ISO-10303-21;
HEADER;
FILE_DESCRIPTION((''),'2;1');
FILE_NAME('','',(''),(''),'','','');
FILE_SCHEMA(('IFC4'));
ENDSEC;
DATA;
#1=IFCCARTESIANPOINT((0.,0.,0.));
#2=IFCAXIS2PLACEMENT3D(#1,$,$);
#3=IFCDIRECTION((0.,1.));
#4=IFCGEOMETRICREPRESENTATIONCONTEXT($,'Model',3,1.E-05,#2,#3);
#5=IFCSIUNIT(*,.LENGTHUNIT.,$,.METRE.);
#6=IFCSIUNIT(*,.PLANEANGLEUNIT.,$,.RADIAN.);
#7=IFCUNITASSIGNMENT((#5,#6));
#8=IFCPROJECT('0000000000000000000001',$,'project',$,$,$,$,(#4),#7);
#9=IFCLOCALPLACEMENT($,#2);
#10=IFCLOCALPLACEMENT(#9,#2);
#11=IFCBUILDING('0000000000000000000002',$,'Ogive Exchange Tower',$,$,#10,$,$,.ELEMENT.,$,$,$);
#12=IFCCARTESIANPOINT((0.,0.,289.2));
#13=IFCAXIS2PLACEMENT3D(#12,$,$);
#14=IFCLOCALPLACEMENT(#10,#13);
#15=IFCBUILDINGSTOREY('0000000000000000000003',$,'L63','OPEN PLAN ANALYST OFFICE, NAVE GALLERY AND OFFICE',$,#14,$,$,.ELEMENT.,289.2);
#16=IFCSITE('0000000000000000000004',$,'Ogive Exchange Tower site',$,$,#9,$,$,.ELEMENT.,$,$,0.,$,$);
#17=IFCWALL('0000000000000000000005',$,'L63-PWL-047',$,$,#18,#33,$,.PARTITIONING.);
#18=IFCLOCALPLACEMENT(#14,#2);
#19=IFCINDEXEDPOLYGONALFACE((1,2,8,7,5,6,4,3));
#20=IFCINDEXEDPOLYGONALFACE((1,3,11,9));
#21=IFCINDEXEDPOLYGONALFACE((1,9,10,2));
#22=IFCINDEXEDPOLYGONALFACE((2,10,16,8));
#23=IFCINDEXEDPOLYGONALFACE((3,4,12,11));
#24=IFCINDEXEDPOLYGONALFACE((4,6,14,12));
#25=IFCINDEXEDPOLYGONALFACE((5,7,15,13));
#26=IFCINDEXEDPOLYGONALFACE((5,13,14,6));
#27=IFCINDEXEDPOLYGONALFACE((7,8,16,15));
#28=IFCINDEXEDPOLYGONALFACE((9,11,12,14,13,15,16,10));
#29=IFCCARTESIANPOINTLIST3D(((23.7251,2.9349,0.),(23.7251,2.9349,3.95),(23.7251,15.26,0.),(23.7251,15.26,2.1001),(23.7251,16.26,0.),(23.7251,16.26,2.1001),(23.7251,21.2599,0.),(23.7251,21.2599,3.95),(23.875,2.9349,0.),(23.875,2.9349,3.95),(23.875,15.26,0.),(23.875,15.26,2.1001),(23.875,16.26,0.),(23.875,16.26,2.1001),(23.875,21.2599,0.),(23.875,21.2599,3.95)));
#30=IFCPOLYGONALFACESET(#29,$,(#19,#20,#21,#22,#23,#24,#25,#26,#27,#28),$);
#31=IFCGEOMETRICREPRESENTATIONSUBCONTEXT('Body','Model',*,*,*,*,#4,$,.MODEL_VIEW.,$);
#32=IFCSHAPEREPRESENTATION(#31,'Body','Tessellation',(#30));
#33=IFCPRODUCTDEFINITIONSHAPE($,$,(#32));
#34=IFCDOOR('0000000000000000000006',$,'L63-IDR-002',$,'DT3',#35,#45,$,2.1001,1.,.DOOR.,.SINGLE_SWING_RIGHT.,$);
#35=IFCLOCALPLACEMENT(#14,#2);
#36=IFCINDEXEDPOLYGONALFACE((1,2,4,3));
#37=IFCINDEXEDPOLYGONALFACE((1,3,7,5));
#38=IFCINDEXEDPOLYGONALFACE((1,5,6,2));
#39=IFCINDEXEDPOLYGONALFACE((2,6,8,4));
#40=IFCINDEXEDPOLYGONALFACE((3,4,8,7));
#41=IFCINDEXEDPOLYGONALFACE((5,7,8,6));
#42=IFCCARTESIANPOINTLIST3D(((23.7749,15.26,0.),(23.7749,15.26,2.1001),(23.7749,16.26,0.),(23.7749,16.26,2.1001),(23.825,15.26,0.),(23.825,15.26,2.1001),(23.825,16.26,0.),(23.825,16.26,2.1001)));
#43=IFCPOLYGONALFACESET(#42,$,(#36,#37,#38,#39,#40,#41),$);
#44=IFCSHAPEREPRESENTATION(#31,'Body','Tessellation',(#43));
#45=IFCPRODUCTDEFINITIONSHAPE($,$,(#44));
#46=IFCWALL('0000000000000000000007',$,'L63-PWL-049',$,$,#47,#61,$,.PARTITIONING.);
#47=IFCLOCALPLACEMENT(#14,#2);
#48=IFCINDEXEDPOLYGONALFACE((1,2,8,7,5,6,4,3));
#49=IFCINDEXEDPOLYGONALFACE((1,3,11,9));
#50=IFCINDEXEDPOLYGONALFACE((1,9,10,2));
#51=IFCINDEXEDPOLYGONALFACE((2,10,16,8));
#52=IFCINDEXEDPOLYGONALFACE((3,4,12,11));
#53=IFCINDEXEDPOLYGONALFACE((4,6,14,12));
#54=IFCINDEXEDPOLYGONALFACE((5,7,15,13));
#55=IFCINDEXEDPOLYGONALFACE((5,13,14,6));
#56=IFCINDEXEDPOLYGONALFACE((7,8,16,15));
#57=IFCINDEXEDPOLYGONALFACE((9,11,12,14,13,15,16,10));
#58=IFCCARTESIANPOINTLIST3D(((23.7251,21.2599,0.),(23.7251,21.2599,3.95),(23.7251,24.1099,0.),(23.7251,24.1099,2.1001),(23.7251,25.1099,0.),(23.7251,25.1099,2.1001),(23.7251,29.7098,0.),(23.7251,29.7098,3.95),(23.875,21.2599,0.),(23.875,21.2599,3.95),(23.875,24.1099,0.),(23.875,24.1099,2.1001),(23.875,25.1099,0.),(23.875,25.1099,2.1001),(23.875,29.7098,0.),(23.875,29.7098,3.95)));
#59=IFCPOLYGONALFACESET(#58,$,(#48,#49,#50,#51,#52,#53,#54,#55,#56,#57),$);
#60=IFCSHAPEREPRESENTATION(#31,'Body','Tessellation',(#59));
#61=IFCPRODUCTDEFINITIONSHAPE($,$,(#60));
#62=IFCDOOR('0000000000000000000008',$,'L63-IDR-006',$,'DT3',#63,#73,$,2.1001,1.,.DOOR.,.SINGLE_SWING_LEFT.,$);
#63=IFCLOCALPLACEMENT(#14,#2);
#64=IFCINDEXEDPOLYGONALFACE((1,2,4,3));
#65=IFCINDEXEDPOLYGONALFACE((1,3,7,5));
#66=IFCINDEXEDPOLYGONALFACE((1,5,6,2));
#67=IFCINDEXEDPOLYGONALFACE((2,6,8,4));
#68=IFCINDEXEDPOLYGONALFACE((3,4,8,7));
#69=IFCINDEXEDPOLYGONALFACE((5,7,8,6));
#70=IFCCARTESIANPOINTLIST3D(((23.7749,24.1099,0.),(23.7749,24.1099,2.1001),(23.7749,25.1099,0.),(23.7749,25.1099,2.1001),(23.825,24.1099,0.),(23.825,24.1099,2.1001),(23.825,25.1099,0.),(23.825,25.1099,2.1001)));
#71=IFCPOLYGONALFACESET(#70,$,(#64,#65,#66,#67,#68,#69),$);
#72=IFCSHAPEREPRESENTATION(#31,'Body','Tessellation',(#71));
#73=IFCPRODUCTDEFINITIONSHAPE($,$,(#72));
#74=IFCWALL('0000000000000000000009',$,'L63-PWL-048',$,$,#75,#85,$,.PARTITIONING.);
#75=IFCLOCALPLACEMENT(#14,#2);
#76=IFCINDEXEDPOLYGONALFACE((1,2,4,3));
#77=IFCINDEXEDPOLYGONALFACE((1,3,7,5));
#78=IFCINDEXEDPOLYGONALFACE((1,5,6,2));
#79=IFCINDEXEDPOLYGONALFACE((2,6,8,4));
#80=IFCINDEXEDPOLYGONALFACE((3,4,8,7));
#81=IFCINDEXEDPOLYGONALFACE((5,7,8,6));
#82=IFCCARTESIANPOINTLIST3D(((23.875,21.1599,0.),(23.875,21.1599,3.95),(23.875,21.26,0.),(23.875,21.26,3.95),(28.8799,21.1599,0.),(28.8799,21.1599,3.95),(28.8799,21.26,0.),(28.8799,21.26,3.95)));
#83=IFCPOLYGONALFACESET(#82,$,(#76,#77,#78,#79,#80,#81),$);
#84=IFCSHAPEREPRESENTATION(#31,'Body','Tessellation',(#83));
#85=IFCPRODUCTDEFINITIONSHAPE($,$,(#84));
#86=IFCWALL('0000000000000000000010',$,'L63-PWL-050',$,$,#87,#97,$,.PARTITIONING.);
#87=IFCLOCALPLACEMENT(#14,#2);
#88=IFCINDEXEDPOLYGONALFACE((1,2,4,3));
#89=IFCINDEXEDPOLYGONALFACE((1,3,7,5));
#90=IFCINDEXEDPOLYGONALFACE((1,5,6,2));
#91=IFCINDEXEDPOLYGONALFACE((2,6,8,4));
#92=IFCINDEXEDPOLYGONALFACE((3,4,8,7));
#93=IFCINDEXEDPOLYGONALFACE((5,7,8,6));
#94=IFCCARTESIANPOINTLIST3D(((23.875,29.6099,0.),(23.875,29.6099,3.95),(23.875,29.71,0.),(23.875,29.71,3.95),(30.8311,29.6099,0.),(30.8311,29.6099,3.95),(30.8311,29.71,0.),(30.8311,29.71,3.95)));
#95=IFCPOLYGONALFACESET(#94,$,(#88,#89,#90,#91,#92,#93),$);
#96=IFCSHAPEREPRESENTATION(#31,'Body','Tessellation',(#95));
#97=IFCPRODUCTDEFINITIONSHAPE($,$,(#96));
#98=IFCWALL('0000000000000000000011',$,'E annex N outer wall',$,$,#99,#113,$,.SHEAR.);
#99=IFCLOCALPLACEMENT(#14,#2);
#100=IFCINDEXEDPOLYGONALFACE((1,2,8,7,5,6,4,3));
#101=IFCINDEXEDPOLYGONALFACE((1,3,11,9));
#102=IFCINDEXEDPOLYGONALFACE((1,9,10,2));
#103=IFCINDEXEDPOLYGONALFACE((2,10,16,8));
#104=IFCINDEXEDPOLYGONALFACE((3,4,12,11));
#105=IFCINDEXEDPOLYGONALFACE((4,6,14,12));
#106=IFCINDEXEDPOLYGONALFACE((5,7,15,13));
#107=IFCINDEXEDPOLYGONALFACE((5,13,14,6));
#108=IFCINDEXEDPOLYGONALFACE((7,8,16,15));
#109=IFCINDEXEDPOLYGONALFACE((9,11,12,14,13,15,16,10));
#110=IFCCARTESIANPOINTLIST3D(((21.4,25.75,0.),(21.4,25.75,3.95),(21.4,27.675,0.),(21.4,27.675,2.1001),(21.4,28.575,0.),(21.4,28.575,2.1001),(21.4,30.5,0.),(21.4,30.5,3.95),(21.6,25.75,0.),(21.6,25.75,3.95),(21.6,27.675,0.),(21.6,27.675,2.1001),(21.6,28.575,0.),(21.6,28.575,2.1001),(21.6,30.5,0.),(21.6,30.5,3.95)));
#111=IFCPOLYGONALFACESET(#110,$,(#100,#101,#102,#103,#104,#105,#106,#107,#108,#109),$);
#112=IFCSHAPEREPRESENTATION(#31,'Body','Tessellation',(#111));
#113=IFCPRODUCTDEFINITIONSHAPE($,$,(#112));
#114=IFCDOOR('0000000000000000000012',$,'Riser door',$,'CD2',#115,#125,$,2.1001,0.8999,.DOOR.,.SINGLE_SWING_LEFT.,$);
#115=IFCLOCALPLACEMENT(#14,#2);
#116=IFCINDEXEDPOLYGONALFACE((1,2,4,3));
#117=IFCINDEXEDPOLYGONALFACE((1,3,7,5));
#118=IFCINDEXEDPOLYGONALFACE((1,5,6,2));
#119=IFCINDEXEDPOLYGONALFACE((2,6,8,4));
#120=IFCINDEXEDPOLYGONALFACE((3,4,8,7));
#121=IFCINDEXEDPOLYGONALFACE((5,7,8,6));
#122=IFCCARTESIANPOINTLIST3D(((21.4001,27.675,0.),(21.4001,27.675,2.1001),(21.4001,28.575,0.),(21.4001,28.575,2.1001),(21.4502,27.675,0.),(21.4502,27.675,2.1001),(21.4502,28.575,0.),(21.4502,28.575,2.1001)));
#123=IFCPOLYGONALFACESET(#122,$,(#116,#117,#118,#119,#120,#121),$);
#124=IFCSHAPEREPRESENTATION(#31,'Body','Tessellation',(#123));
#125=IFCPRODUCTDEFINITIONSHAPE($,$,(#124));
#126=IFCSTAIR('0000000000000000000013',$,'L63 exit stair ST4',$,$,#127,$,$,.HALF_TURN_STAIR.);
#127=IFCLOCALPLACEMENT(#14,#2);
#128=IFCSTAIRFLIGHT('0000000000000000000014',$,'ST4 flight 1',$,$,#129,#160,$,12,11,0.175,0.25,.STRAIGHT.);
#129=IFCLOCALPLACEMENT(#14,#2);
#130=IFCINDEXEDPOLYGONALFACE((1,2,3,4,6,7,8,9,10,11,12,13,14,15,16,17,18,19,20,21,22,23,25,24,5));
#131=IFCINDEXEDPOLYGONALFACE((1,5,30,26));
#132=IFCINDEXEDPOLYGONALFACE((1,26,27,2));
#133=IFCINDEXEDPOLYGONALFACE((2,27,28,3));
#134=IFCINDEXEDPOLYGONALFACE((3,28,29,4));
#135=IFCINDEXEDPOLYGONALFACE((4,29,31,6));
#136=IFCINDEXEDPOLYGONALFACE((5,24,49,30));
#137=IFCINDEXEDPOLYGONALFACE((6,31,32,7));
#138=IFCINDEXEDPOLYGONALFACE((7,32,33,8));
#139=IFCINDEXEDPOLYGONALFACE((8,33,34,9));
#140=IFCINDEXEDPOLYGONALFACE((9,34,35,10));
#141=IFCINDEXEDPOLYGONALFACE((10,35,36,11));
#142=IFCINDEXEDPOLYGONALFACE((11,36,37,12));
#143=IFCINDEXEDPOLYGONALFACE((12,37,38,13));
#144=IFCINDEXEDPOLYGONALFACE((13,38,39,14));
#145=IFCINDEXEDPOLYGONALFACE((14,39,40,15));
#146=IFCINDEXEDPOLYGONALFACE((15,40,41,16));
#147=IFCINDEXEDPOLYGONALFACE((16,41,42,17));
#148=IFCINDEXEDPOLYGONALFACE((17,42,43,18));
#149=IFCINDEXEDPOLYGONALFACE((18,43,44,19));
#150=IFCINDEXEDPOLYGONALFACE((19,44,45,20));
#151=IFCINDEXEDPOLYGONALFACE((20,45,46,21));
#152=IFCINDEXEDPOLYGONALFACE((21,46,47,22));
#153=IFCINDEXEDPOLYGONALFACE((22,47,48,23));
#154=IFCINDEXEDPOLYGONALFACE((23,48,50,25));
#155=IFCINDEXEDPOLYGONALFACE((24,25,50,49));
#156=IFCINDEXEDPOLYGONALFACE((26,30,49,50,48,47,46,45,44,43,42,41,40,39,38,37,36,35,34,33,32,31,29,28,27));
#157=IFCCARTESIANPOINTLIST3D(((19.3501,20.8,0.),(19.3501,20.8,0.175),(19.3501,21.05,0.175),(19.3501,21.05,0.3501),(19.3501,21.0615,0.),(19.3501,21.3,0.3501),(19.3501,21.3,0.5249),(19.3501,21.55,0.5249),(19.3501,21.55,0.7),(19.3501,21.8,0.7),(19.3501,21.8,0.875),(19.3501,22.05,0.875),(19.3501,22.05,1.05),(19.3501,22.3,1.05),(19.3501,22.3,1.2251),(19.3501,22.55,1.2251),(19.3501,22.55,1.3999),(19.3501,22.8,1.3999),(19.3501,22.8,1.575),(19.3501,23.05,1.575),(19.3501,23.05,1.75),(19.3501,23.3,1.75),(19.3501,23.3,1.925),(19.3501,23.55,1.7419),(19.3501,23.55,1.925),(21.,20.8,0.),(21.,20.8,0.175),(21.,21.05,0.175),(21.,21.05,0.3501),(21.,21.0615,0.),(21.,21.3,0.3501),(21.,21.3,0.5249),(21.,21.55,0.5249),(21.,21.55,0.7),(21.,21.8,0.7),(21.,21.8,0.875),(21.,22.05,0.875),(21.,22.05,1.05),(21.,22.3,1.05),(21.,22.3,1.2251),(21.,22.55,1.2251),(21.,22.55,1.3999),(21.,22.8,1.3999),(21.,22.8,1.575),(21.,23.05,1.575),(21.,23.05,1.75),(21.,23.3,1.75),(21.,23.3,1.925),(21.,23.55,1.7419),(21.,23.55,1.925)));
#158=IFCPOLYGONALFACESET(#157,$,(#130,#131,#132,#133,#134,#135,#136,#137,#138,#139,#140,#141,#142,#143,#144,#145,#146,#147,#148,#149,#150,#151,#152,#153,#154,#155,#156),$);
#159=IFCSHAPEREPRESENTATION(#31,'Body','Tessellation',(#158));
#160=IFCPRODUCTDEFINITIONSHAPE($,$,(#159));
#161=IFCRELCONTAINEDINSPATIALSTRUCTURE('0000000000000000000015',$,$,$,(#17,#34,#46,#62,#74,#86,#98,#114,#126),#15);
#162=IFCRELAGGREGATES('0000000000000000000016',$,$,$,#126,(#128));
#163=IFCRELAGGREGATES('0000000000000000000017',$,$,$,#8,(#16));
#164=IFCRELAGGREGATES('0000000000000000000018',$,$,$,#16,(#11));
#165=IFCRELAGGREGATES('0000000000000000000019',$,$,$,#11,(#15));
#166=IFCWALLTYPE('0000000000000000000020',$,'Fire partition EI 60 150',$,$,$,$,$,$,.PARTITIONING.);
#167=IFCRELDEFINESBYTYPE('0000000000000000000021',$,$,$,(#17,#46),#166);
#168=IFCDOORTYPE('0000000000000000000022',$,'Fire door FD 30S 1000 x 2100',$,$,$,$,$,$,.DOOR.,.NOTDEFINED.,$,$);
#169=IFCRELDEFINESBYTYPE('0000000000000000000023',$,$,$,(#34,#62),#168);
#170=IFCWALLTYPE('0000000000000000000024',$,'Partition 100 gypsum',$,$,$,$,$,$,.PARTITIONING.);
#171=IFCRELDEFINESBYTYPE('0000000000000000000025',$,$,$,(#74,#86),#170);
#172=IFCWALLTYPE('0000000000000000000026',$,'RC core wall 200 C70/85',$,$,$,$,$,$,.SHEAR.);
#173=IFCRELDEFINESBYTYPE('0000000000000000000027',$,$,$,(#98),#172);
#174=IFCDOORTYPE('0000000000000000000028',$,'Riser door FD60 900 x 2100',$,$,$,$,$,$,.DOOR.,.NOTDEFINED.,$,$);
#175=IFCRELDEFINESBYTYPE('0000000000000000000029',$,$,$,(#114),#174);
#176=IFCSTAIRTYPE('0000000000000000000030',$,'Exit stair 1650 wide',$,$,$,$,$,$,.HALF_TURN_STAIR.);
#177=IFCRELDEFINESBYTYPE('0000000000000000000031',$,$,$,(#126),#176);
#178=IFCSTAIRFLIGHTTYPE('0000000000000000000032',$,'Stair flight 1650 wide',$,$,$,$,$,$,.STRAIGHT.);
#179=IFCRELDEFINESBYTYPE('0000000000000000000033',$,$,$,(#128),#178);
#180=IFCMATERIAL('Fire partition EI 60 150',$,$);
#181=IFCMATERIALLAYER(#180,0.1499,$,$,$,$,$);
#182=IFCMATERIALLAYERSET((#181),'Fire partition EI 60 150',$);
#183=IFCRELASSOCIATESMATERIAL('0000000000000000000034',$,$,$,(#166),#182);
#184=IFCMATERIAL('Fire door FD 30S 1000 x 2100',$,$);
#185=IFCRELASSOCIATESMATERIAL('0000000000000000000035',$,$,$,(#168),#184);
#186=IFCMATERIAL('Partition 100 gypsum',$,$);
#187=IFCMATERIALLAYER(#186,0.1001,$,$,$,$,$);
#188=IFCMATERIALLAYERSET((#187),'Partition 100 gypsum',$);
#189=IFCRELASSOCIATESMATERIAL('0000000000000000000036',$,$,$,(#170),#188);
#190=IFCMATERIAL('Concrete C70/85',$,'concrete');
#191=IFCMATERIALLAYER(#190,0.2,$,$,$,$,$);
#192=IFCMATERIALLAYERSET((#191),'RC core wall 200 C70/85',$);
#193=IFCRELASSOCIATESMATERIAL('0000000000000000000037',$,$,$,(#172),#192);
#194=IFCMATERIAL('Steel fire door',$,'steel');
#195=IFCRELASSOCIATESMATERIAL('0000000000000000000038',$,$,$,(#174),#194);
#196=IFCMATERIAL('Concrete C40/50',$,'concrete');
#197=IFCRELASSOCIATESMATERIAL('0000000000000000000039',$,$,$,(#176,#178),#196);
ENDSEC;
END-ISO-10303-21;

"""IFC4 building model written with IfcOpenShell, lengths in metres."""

from ifc_helpers import new_model, si_unit, direction, frame, frame_2d, origin, place, context, subcontext, project, spatial, polyline, rectangle, outline, extrude, material, layer, layer_set, type_object, element, fill, aggregate, save


model = new_model("IFC4")

# Units and contexts
model_context = context("Model", 3, precision=1e-05, world=origin(), true_north=direction((0.0, 1.0)))
body_context = subcontext(model_context, "Body", "Model", "MODEL_VIEW")
ifc_project = project(units=[si_unit("LENGTHUNIT", "METRE"), si_unit("PLANEANGLEUNIT", "RADIAN")], contexts=[model_context])

# Site, building, storey
site_placement = place(None, origin())
site = spatial("IfcSite", under=ifc_project, at=site_placement, Name="Ogive Exchange Tower site", CompositionType="ELEMENT", RefElevation=0.0)
building_placement = place(site_placement, origin())
building = spatial("IfcBuilding", under=site, at=building_placement, Name="Ogive Exchange Tower", CompositionType="ELEMENT")
storey_placement = place(building_placement, frame((0.0, 0.0, 289.2)))
storey = spatial("IfcBuildingStorey", under=building, at=storey_placement, Name="L63", Description="OPEN PLAN ANALYST OFFICE, NAVE GALLERY AND OFFICE", CompositionType="ELEMENT", Elevation=289.2)

# Walls, openings, doors
ifc_material_1 = material(Name="Fire partition EI 60 150")
ifc_layer_1 = layer(ifc_material_1, 0.1499)
ifc_layer_set_1 = layer_set([ifc_layer_1], Name="Fire partition EI 60 150")
wall_type_1 = type_object("IfcWallType", Name="Fire partition EI 60 150", PredefinedType="PARTITIONING", material=ifc_layer_set_1)
wall_1_placement = place(storey_placement, frame((23.8, 21.26, 0.0), z_axis=(0.0, 0.0, 1.0), x_axis=(0.0, -1.0, 0.0)))
wall_1 = element("IfcWall", 1, at=wall_1_placement, inside=storey, type_object=wall_type_1, Name="L63-PWL-047", PredefinedType="PARTITIONING", context=body_context, shape_type="SweptSolid", body=[
    extrude(rectangle(XDim=18.325, YDim=0.1499, at=frame_2d((9.1626, 0.0))), origin(), (0.0, 0.0, 1.0), 3.95),
])
opening_1_placement = place(wall_1_placement, frame((5.0, 0.0, 0.0)))
opening_1 = element("IfcOpeningElement", 2, at=opening_1_placement, cuts=wall_1, PredefinedType="OPENING", context=body_context, shape_type="SweptSolid", body=[
    extrude(rectangle(XDim=1.0, YDim=2.1001, at=frame_2d((0.5, 1.05))), frame((0.0, 0.085, 0.0), z_axis=(0.0, -1.0, 0.0), x_axis=(1.0, 0.0, 0.0)), (0.0, 0.0, 1.0), 0.1699),
])
ifc_material_2 = material(Name="Fire door FD 30S 1000 x 2100")
door_type_1 = type_object("IfcDoorType", Name="Fire door FD 30S 1000 x 2100", OperationType="NOTDEFINED", PredefinedType="DOOR", material=ifc_material_2)
door_1_placement = place(opening_1_placement, origin())
door_1 = element("IfcDoor", 3, at=door_1_placement, inside=storey, type_object=door_type_1, Name="L63-IDR-002", ObjectType="DT3", OperationType="SINGLE_SWING_RIGHT", OverallHeight=2.1001, OverallWidth=1.0, PredefinedType="DOOR", context=body_context, shape_type="SweptSolid", body=[
    extrude(rectangle(XDim=1.0, YDim=2.1001, at=frame_2d((0.5, 1.05))), frame((0.0, 0.0249, 0.0), z_axis=(0.0, -1.0, 0.0), x_axis=(1.0, 0.0, 0.0)), (0.0, 0.0, 1.0), 0.05),
])
fill(opening_1, door_1)
wall_2_placement = place(storey_placement, frame((23.8, 29.71, 0.0), z_axis=(0.0, 0.0, 1.0), x_axis=(0.0, -1.0, 0.0)))
wall_2 = element("IfcWall", 4, at=wall_2_placement, inside=storey, type_object=wall_type_1, Name="L63-PWL-049", PredefinedType="PARTITIONING", context=body_context, shape_type="SweptSolid", body=[
    extrude(rectangle(XDim=8.45, YDim=0.1499, at=frame_2d((4.2251, 0.0))), origin(), (0.0, 0.0, 1.0), 3.95),
])
opening_2_placement = place(wall_2_placement, frame((4.6001, 0.0, 0.0)))
opening_2 = element("IfcOpeningElement", 5, at=opening_2_placement, cuts=wall_2, PredefinedType="OPENING", context=body_context, shape_type="SweptSolid", body=[
    extrude(rectangle(XDim=1.0, YDim=2.1001, at=frame_2d((0.5, 1.05))), frame((0.0, 0.085, 0.0), z_axis=(0.0, -1.0, 0.0), x_axis=(1.0, 0.0, 0.0)), (0.0, 0.0, 1.0), 0.1699),
])
door_2_placement = place(opening_2_placement, origin())
door_2 = element("IfcDoor", 6, at=door_2_placement, inside=storey, type_object=door_type_1, Name="L63-IDR-006", ObjectType="DT3", OperationType="SINGLE_SWING_LEFT", OverallHeight=2.1001, OverallWidth=1.0, PredefinedType="DOOR", context=body_context, shape_type="SweptSolid", body=[
    extrude(rectangle(XDim=1.0, YDim=2.1001, at=frame_2d((0.5, 1.05))), frame((0.0, 0.0249, 0.0), z_axis=(0.0, -1.0, 0.0), x_axis=(1.0, 0.0, 0.0)), (0.0, 0.0, 1.0), 0.05),
])
fill(opening_2, door_2)

# Walls
ifc_material_3 = material(Name="Partition 100 gypsum")
ifc_layer_2 = layer(ifc_material_3, 0.1001)
ifc_layer_set_2 = layer_set([ifc_layer_2], Name="Partition 100 gypsum")
wall_type_2 = type_object("IfcWallType", Name="Partition 100 gypsum", PredefinedType="PARTITIONING", material=ifc_layer_set_2)
wall_3_placement = place(storey_placement, frame((23.875, 21.21, 0.0), z_axis=(0.0, 0.0, 1.0), x_axis=(1.0, 0.0, 0.0)))
element("IfcWall", 7, at=wall_3_placement, inside=storey, type_object=wall_type_2, Name="L63-PWL-048", PredefinedType="PARTITIONING", context=body_context, shape_type="SweptSolid", body=[
    extrude(rectangle(XDim=5.0049, YDim=0.1001, at=frame_2d((2.5024, 0.0))), origin(), (0.0, 0.0, 1.0), 3.95),
])
wall_4_placement = place(storey_placement, frame((23.875, 29.6599, 0.0), z_axis=(0.0, 0.0, 1.0), x_axis=(1.0, 0.0, 0.0)))
element("IfcWall", 8, at=wall_4_placement, inside=storey, type_object=wall_type_2, Name="L63-PWL-050", PredefinedType="PARTITIONING", context=body_context, shape_type="SweptSolid", body=[
    extrude(rectangle(XDim=6.9561, YDim=0.1001, at=frame_2d((3.478, 0.0))), origin(), (0.0, 0.0, 1.0), 3.95),
])

# Wall, opening, door
ifc_material_4 = material(Name="Concrete C70/85", Category="concrete")
ifc_layer_3 = layer(ifc_material_4, 0.2)
ifc_layer_set_3 = layer_set([ifc_layer_3], Name="RC core wall 200 C70/85")
wall_type_3 = type_object("IfcWallType", Name="RC core wall 200 C70/85", PredefinedType="SHEAR", material=ifc_layer_set_3)
wall_5_placement = place(storey_placement, frame((21.5, 25.75, 0.0), z_axis=(0.0, 0.0, 1.0), x_axis=(0.0, 1.0, 0.0)))
wall_5 = element("IfcWall", 9, at=wall_5_placement, inside=storey, type_object=wall_type_3, Name="E annex N outer wall", PredefinedType="SHEAR", context=body_context, shape_type="SweptSolid", body=[
    extrude(rectangle(XDim=4.75, YDim=0.2, at=frame_2d((2.375, 0.0))), origin(), (0.0, 0.0, 1.0), 3.95),
])
opening_3_placement = place(wall_5_placement, frame((1.925, 0.0, 0.0)))
opening_3 = element("IfcOpeningElement", 10, at=opening_3_placement, cuts=wall_5, PredefinedType="OPENING", context=body_context, shape_type="SweptSolid", body=[
    extrude(rectangle(XDim=0.8999, YDim=2.1001, at=frame_2d((0.45, 1.05))), frame((0.0, 0.1099, 0.0), z_axis=(0.0, -1.0, 0.0), x_axis=(1.0, 0.0, 0.0)), (0.0, 0.0, 1.0), 0.22),
])
ifc_material_5 = material(Name="Steel fire door", Category="steel")
door_type_2 = type_object("IfcDoorType", Name="Riser door FD60 900 x 2100", OperationType="NOTDEFINED", PredefinedType="DOOR", material=ifc_material_5)
door_3_placement = place(opening_3_placement, frame((0.8999, 0.1499, 0.0), z_axis=(0.0, 0.0, 1.0), x_axis=(-1.0, 0.0, 0.0)))
door_3 = element("IfcDoor", 11, at=door_3_placement, inside=storey, type_object=door_type_2, Name="Riser door", ObjectType="CD2", OperationType="SINGLE_SWING_LEFT", OverallHeight=2.1001, OverallWidth=0.8999, PredefinedType="DOOR", context=body_context, shape_type="SweptSolid", body=[
    extrude(rectangle(XDim=0.8999, YDim=2.1001, at=frame_2d((0.45, 1.05))), frame((0.0, 0.1001, 0.0), z_axis=(0.0, -1.0, 0.0), x_axis=(1.0, 0.0, 0.0)), (0.0, 0.0, 1.0), 0.05),
])
fill(opening_3, door_3)

# Stair, stair flight
ifc_material_6 = material(Name="Concrete C40/50", Category="concrete")
stair_type = type_object("IfcStairType", Name="Exit stair 1650 wide", PredefinedType="HALF_TURN_STAIR", material=ifc_material_6)
stair_placement = place(storey_placement, origin())
stair = element("IfcStair", 12, at=stair_placement, inside=storey, type_object=stair_type, Name="L63 exit stair ST4", PredefinedType="HALF_TURN_STAIR")
stair_flight_type = type_object("IfcStairFlightType", Name="Stair flight 1650 wide", PredefinedType="STRAIGHT", material=ifc_material_6)
stair_flight_placement = place(storey_placement, frame((20.175, 20.8, 0.0), z_axis=(0.0, 0.0, 1.0), x_axis=(0.0, 1.0, 0.0)))
stair_flight = element("IfcStairFlight", 13, at=stair_flight_placement, type_object=stair_flight_type, Name="ST4 flight 1", NumberOfRisers=12, NumberOfTreads=11, PredefinedType="STRAIGHT", RiserHeight=0.175, TreadLength=0.25, context=body_context, shape_type="SweptSolid", body=[
    extrude(outline(polyline([(0.0, 0.0), (0.0, 0.175), (0.25, 0.175), (0.25, 0.3501), (0.5, 0.3501), (0.5, 0.5249), (0.75, 0.5249), (0.75, 0.7), (1.0, 0.7), (1.0, 0.875), (1.25, 0.875), (1.25, 1.05), (1.5, 1.05), (1.5, 1.2251), (1.75, 1.2251), (1.75, 1.3999), (2.0, 1.3999), (2.0, 1.575), (2.25, 1.575), (2.25, 1.75), (2.5, 1.75), (2.5, 1.925), (2.75, 1.925), (2.75, 2.1001), (2.75, 1.7419), (0.2615, 0.0), (0.0, 0.0)])), frame((0.0, 0.825, 0.0), z_axis=(0.0, -1.0, 0.0), x_axis=(1.0, 0.0, 0.0)), (0.0, 0.0, 1.0), 1.6499),
])
aggregate(stair, [stair_flight])

save(model, "model.ifc")
